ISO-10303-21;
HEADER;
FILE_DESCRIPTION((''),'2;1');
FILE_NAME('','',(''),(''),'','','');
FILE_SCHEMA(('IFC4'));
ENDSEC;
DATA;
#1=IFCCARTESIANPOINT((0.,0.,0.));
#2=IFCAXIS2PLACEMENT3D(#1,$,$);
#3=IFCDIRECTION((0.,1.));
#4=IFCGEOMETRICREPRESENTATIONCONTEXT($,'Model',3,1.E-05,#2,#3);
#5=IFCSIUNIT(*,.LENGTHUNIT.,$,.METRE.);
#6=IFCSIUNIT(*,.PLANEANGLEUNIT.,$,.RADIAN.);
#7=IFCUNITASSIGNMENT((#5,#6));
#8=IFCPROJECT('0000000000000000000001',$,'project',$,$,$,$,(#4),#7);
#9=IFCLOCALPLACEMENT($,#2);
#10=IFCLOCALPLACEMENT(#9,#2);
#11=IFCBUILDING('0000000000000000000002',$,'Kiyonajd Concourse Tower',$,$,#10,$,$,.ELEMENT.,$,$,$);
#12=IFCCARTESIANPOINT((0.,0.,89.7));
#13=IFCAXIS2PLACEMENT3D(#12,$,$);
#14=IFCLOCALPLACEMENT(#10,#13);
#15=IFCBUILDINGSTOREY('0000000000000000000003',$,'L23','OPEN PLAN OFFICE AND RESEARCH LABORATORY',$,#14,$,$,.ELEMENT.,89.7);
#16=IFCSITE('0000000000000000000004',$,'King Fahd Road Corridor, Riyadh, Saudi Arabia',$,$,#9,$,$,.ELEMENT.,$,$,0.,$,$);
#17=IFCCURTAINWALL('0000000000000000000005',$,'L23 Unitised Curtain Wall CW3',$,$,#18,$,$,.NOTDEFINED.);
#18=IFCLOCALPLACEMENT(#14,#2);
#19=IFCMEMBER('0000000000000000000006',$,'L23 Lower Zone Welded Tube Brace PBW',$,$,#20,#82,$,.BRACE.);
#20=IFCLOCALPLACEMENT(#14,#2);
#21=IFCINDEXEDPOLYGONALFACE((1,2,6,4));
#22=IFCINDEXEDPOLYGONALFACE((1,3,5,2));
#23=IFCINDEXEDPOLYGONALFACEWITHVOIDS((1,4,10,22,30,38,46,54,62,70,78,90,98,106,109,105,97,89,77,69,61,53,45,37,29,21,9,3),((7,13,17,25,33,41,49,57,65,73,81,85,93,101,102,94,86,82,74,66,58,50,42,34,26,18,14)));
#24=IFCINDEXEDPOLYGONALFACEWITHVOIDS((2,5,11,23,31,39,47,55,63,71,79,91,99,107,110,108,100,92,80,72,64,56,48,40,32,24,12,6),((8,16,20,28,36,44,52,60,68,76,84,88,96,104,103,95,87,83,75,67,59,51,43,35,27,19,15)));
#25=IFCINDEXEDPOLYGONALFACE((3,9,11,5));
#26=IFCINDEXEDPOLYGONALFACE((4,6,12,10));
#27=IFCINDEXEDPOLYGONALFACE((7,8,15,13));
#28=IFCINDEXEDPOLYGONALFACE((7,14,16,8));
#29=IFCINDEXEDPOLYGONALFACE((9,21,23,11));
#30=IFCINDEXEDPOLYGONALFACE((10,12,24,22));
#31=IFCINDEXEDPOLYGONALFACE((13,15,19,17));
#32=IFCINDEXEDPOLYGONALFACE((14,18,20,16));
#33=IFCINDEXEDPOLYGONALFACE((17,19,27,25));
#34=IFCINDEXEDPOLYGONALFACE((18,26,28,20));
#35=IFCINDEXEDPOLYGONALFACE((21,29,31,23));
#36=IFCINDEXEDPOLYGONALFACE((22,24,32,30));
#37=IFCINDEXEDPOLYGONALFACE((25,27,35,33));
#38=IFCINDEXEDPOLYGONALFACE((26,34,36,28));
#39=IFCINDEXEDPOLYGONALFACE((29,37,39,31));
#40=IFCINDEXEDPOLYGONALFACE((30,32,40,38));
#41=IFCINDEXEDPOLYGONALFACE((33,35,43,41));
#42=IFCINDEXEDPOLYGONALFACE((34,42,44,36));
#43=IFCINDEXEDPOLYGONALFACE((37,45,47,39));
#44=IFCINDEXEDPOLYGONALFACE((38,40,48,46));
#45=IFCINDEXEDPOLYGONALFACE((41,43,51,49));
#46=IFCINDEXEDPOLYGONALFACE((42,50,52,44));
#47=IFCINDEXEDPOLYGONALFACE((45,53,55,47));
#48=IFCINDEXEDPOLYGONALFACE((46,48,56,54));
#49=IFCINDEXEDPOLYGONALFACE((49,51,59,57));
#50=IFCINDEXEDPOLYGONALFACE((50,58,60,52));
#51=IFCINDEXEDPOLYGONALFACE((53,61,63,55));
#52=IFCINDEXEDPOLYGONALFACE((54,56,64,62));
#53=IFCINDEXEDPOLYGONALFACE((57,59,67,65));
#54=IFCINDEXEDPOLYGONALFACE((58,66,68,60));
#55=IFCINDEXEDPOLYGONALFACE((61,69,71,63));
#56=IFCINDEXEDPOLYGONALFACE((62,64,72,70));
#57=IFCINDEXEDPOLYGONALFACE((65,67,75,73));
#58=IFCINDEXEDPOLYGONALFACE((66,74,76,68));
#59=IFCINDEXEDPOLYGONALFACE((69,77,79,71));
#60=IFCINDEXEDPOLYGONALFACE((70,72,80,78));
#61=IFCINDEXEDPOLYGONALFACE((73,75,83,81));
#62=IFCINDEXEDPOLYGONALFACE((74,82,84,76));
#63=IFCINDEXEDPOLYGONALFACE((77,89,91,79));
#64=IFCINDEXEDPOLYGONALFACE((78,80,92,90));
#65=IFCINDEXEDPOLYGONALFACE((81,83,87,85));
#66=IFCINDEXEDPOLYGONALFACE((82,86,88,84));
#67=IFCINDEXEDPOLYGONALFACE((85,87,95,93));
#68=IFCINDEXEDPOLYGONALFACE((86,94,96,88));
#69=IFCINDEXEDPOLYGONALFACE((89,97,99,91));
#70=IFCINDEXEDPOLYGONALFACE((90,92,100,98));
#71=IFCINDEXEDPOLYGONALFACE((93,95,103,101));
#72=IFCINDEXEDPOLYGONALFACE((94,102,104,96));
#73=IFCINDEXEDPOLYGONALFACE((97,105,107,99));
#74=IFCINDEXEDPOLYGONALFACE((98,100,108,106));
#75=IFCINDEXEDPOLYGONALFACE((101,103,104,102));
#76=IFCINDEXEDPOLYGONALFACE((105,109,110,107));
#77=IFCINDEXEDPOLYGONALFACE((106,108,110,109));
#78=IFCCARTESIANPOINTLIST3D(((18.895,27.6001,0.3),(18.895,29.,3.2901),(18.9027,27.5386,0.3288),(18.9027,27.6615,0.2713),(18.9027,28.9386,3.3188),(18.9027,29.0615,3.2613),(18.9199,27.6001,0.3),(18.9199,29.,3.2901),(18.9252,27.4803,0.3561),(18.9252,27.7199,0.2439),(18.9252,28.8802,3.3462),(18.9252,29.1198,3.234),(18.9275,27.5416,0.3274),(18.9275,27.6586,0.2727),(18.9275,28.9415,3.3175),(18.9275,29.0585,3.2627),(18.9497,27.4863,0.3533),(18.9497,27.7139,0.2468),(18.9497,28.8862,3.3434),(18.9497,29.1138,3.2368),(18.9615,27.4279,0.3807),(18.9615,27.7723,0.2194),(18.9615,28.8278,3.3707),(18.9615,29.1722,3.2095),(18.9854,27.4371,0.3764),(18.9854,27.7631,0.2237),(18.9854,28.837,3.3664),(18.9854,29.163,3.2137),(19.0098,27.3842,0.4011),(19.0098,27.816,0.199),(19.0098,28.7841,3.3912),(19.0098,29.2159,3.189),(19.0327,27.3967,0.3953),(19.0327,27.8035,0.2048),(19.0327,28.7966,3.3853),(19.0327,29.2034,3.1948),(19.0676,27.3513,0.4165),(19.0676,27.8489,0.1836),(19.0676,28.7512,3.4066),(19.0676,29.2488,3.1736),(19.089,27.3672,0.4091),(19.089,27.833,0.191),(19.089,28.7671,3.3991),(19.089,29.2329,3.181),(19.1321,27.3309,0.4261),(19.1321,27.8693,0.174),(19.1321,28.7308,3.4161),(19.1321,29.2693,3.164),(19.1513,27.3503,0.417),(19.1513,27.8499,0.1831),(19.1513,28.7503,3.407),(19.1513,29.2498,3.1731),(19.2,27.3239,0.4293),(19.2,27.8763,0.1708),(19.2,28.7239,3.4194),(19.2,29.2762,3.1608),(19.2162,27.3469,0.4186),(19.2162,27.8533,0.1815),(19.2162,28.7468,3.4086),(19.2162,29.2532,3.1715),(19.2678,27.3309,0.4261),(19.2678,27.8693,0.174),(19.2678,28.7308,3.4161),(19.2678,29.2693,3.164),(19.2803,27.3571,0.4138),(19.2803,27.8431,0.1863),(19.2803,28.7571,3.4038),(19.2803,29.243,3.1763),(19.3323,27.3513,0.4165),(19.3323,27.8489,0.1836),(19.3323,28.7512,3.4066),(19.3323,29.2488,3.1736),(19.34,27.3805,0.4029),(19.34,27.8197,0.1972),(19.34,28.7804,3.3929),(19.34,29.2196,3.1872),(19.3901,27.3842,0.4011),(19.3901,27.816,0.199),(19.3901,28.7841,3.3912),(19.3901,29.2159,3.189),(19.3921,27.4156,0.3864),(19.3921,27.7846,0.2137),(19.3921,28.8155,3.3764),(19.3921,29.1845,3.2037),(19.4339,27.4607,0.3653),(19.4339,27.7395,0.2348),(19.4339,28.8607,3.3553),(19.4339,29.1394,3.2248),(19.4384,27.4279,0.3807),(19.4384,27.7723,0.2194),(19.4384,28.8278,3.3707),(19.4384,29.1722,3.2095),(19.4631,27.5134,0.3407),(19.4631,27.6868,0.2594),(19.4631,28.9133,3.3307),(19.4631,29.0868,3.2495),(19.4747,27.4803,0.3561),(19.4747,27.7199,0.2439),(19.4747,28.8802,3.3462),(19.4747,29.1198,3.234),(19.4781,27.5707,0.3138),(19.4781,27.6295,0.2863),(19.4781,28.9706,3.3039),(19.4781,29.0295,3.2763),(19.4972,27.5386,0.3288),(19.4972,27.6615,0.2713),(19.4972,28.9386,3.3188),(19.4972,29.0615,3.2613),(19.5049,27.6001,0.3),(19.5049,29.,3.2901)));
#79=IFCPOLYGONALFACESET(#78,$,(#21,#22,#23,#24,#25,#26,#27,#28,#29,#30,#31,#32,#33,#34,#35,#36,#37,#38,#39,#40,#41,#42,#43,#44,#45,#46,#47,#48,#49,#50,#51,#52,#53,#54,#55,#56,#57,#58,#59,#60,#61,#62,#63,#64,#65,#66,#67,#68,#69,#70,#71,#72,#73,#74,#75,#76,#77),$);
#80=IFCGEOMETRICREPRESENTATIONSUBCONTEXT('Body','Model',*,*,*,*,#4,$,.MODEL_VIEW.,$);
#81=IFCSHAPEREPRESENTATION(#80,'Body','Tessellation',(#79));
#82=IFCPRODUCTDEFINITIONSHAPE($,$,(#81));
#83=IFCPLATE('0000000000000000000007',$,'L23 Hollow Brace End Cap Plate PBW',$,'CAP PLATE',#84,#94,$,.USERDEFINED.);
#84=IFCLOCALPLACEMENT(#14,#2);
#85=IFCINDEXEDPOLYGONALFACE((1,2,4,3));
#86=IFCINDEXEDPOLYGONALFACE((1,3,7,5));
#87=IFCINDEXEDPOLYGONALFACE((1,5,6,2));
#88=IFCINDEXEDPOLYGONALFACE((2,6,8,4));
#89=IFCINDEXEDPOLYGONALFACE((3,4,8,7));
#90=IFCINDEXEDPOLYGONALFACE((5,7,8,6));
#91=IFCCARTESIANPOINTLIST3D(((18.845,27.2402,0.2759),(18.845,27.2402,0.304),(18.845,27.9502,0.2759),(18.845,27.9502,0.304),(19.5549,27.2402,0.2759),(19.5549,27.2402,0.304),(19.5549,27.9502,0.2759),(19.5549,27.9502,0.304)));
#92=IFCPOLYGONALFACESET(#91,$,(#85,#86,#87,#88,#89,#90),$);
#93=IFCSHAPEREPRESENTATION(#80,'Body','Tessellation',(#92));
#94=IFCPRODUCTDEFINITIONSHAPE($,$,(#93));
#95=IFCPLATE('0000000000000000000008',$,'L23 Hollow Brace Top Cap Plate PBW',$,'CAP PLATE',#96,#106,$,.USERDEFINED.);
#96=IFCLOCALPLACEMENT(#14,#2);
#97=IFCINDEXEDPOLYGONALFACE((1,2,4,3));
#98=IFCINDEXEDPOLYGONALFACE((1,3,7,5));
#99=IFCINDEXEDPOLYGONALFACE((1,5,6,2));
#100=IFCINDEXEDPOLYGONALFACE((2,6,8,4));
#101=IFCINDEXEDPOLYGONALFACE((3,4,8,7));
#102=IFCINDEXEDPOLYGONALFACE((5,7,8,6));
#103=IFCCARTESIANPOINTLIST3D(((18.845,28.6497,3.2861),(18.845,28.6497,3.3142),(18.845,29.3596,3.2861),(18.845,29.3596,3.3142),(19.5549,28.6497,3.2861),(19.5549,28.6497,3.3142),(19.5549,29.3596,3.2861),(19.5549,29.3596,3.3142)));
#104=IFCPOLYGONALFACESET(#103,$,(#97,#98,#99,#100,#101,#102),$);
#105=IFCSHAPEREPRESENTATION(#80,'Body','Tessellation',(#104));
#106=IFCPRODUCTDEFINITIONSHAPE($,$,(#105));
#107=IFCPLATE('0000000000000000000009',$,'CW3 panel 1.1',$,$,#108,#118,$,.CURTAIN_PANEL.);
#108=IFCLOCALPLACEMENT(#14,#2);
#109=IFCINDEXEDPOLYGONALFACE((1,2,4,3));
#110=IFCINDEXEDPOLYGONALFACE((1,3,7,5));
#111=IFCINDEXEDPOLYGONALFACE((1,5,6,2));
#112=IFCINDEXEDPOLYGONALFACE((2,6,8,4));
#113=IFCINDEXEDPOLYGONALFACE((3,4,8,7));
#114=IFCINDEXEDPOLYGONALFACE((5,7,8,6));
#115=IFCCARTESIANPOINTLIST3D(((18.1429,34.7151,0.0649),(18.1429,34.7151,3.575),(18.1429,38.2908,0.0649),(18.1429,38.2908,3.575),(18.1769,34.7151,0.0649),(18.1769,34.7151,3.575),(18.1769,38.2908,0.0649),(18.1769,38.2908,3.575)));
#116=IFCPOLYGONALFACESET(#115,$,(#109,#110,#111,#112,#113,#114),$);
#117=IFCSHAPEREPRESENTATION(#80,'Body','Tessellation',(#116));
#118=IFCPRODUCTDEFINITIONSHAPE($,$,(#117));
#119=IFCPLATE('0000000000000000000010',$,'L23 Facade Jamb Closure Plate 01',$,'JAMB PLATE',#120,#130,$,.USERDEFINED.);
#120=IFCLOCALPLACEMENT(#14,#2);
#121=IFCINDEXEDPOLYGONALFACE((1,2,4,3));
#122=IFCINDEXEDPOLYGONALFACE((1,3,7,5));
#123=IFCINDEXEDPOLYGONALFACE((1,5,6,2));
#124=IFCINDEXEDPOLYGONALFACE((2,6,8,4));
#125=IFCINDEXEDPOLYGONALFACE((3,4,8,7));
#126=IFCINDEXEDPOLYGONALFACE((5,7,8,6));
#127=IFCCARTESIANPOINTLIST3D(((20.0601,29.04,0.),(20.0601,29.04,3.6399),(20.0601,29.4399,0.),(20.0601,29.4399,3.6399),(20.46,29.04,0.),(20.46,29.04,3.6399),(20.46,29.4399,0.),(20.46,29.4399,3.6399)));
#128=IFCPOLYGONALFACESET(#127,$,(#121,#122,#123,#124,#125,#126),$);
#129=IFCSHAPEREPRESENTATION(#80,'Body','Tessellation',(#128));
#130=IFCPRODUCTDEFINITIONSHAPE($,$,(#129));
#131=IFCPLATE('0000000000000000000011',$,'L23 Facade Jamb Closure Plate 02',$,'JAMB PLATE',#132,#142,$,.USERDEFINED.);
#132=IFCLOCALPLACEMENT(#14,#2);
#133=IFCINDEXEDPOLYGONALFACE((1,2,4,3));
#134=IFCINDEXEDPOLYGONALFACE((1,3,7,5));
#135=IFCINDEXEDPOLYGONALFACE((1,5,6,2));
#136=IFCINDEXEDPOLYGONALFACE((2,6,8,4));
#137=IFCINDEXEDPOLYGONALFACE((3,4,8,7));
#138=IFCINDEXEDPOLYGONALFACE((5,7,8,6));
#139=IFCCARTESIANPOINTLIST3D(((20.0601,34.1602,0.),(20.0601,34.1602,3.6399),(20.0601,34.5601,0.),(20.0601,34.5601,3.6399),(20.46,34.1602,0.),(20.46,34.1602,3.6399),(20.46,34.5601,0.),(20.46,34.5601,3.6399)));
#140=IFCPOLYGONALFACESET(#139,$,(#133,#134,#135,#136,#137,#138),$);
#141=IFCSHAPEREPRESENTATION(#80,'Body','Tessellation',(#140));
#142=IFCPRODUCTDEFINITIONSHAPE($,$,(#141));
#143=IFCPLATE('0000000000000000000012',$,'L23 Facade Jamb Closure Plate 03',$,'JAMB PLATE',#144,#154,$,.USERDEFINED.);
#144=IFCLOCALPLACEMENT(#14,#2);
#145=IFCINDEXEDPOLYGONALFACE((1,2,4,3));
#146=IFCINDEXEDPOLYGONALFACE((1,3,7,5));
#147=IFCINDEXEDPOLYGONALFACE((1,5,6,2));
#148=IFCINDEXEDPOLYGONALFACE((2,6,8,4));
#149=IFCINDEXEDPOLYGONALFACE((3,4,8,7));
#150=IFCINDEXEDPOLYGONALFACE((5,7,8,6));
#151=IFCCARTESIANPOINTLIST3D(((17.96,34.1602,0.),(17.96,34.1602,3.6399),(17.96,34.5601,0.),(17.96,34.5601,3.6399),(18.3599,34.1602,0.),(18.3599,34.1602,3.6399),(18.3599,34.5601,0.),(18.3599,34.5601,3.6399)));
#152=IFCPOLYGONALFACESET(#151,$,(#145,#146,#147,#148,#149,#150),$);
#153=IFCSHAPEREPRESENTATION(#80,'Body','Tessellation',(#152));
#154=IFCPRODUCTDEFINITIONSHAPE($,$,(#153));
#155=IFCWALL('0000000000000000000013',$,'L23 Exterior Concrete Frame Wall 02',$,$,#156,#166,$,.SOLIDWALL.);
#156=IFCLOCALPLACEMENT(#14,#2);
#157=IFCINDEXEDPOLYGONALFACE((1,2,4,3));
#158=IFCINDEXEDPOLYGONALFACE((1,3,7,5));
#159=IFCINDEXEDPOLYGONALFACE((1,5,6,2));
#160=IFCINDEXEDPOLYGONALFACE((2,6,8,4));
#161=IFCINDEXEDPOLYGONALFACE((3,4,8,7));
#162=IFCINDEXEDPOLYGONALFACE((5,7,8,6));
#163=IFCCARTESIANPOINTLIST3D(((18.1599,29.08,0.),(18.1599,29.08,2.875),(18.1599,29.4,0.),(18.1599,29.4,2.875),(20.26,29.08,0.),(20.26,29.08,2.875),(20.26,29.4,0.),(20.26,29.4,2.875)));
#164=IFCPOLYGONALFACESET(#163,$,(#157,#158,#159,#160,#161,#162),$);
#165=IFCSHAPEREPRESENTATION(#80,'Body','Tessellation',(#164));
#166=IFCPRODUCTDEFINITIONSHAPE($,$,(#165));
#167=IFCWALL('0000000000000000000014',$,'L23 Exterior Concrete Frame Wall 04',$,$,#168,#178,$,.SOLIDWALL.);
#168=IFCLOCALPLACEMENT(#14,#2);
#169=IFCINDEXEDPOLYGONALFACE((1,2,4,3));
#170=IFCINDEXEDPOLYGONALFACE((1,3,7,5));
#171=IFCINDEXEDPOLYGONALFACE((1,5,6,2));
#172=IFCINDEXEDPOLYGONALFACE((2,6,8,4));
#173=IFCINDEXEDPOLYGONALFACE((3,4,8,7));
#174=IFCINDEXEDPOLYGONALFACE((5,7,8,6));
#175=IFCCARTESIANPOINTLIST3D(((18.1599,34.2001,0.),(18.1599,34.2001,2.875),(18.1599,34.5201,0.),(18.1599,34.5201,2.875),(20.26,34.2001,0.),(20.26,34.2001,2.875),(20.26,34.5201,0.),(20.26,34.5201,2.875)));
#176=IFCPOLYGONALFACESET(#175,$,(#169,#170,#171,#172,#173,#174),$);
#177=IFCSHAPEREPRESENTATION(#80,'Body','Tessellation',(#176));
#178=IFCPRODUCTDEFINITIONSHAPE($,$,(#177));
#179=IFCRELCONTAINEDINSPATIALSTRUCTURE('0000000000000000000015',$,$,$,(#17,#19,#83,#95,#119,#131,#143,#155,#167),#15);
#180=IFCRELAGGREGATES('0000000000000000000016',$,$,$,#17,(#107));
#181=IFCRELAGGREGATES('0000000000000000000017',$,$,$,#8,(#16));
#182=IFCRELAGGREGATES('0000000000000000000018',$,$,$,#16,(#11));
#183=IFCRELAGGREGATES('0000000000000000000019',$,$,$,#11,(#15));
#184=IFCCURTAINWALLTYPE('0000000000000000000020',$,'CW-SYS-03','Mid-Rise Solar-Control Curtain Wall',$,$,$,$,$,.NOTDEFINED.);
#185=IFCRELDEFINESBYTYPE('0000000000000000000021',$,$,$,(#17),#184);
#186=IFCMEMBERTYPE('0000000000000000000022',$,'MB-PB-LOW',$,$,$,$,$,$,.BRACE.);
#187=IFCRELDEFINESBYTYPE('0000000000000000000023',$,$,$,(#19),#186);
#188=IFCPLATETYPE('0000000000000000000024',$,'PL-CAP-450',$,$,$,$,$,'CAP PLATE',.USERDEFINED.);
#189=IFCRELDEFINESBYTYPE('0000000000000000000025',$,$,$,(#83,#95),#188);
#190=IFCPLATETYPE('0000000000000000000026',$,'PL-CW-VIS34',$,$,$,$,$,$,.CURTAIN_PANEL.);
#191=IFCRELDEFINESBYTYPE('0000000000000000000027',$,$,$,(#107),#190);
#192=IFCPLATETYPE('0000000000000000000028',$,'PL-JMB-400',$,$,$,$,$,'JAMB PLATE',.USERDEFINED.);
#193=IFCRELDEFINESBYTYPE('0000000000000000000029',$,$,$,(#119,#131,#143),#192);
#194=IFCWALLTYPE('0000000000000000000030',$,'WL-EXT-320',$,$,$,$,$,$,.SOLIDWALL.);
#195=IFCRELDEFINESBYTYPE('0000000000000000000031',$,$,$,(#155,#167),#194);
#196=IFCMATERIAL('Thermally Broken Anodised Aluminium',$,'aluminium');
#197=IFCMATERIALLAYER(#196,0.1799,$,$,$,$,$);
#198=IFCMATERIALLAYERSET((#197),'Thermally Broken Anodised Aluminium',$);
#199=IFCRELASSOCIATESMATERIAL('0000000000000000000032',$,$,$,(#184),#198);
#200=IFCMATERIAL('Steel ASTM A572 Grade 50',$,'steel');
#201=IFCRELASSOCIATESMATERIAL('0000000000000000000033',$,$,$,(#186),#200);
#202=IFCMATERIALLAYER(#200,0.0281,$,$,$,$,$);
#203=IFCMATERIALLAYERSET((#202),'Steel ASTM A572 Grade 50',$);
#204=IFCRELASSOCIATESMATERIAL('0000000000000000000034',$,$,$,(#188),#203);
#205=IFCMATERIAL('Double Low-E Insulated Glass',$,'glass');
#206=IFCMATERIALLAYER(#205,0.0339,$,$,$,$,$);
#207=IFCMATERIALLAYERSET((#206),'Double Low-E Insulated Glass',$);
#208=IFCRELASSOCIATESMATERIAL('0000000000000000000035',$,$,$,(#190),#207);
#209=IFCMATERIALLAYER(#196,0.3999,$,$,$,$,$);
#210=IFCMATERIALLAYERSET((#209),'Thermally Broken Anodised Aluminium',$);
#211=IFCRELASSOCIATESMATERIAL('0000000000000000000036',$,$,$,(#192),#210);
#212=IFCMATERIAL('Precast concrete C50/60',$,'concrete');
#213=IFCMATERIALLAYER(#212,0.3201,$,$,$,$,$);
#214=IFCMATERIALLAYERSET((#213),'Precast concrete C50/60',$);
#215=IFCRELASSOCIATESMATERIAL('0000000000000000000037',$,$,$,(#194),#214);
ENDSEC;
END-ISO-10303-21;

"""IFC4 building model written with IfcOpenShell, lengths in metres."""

from ifc_helpers import new_model, si_unit, direction, frame, frame_2d, origin, origin_2d, place, context, subcontext, project, spatial, rectangle, hollow_circle, extrude, material, layer, layer_set, material_profile, profile_set, type_object, element, aggregate, save


model = new_model("IFC4")

# Units and contexts
model_context = context("Model", 3, precision=1e-05, world=origin(), true_north=direction((0.0, 1.0)))
body_context = subcontext(model_context, "Body", "Model", "MODEL_VIEW")
ifc_project = project(units=[si_unit("LENGTHUNIT", "METRE"), si_unit("PLANEANGLEUNIT", "RADIAN")], contexts=[model_context])

# Site, building, storey
site_placement = place(None, origin())
site = spatial("IfcSite", under=ifc_project, at=site_placement, Name="King Fahd Road Corridor, Riyadh, Saudi Arabia", CompositionType="ELEMENT", RefElevation=0.0)
building_placement = place(site_placement, origin())
building = spatial("IfcBuilding", under=site, at=building_placement, Name="Kiyonajd Concourse Tower", CompositionType="ELEMENT")
storey_placement = place(building_placement, frame((0.0, 0.0, 89.7)))
storey = spatial("IfcBuildingStorey", under=building, at=storey_placement, Name="L23", Description="OPEN PLAN OFFICE AND RESEARCH LABORATORY", CompositionType="ELEMENT", Elevation=89.7)

# Shared definitions
ifc_material_1 = material(Name="Precast concrete C50/60", Category="concrete")

# Curtain wall
ifc_material_2 = material(Name="Thermally Broken Anodised Aluminium", Category="aluminium")
ifc_layer_1 = layer(ifc_material_2, 0.1799)
ifc_layer_set_1 = layer_set([ifc_layer_1], Name="Thermally Broken Anodised Aluminium")
curtain_wall_type = type_object("IfcCurtainWallType", Name="CW-SYS-03", Description="Mid-Rise Solar-Control Curtain Wall", PredefinedType="NOTDEFINED", material=ifc_layer_set_1)
curtain_wall_placement = place(storey_placement, origin())
curtain_wall = element("IfcCurtainWall", 1, at=curtain_wall_placement, inside=storey, type_object=curtain_wall_type, Name="L23 Unitised Curtain Wall CW3", PredefinedType="NOTDEFINED")

# Member
ifc_material_3 = material(Name="Steel ASTM A572 Grade 50", Category="steel")
ifc_material_profile_1 = material_profile(ifc_material_3, hollow_circle(Radius=0.3049, WallThickness=0.0249, at=origin_2d()), Name="CHS-610x25")
ifc_profile_set_1 = profile_set([ifc_material_profile_1], Name="Steel ASTM A572 Grade 50")
member_type_1 = type_object("IfcMemberType", Name="MB-PB-LOW", PredefinedType="BRACE", material=ifc_profile_set_1)
member_1_placement = place(storey_placement, frame((19.2, 27.6001, 0.3), z_axis=(0.0, 0.424023, 0.905652), x_axis=(-1.0, 0.0, 0.0)))
element("IfcMember", 2, at=member_1_placement, inside=storey, type_object=member_type_1, Name="L23 Lower Zone Welded Tube Brace PBW", PredefinedType="BRACE", context=body_context, shape_type="SweptSolid", body=[
    extrude(hollow_circle(Radius=0.3049, WallThickness=0.0249, at=origin_2d()), origin(), (0.0, 0.0, 1.0), 3.3015),
])

# Plates
ifc_layer_2 = layer(ifc_material_3, 0.0281)
ifc_layer_set_2 = layer_set([ifc_layer_2], Name="Steel ASTM A572 Grade 50")
plate_type_1 = type_object("IfcPlateType", Name="PL-CAP-450", ElementType="CAP PLATE", PredefinedType="USERDEFINED", material=ifc_layer_set_2)
for number, where, z_axis, x_axis, name in (
    (3, (19.2, 27.5952, 0.2759), (0.0, 0.0, 1.0), (1.0, 0.0, 0.0), "L23 Hollow Brace End Cap Plate PBW"),
    (4, (19.2, 29.0046, 3.2861), (0.0, 0.0, 1.0), (1.0, 0.0, 0.0), "L23 Hollow Brace Top Cap Plate PBW"),
):
    element("IfcPlate", number, at=place(storey_placement, frame(where, z_axis=z_axis, x_axis=x_axis)), inside=storey, type_object=plate_type_1, Name=name, ObjectType="CAP PLATE", PredefinedType="USERDEFINED", context=body_context, shape_type="SweptSolid", body=[
        extrude(rectangle(XDim=0.71, YDim=0.71, at=origin_2d()), origin(), (0.0, 0.0, 1.0), 0.0281),
    ])

# Plate
ifc_material_4 = material(Name="Double Low-E Insulated Glass", Category="glass")
ifc_layer_3 = layer(ifc_material_4, 0.0339)
ifc_layer_set_3 = layer_set([ifc_layer_3], Name="Double Low-E Insulated Glass")
plate_type_2 = type_object("IfcPlateType", Name="PL-CW-VIS34", PredefinedType="CURTAIN_PANEL", material=ifc_layer_set_3)
plate_placement = place(storey_placement, frame((18.1599, 36.5029, 0.0649), z_axis=(0.0, 0.0, 1.0), x_axis=(0.0, 1.0, 0.0)))
plate = element("IfcPlate", 5, at=plate_placement, type_object=plate_type_2, Name="CW3 panel 1.1", PredefinedType="CURTAIN_PANEL", context=body_context, shape_type="SweptSolid", body=[
    extrude(rectangle(XDim=3.5757, YDim=0.0339, at=origin_2d()), origin(), (0.0, 0.0, 1.0), 3.51),
])
aggregate(curtain_wall, [plate])

# Plates
ifc_layer_4 = layer(ifc_material_2, 0.3999)
ifc_layer_set_4 = layer_set([ifc_layer_4], Name="Thermally Broken Anodised Aluminium")
plate_type_3 = type_object("IfcPlateType", Name="PL-JMB-400", ElementType="JAMB PLATE", PredefinedType="USERDEFINED", material=ifc_layer_set_4)
for number, where, z_axis, x_axis, name in (
    (6, (20.26, 29.24, 0.0), (0.0, 0.0, 1.0), (1.0, 0.0, 0.0), "L23 Facade Jamb Closure Plate 01"),
    (7, (20.26, 34.3601, 0.0), (0.0, 0.0, 1.0), (1.0, 0.0, 0.0), "L23 Facade Jamb Closure Plate 02"),
    (8, (18.1599, 34.3601, 0.0), (0.0, 0.0, 1.0), (1.0, 0.0, 0.0), "L23 Facade Jamb Closure Plate 03"),
):
    element("IfcPlate", number, at=place(storey_placement, frame(where, z_axis=z_axis, x_axis=x_axis)), inside=storey, type_object=plate_type_3, Name=name, ObjectType="JAMB PLATE", PredefinedType="USERDEFINED", context=body_context, shape_type="SweptSolid", body=[
        extrude(rectangle(XDim=0.3999, YDim=0.3999, at=origin_2d()), origin(), (0.0, 0.0, 1.0), 3.6399),
    ])

# Walls
ifc_layer_5 = layer(ifc_material_1, 0.3201)
ifc_layer_set_5 = layer_set([ifc_layer_5], Name="Precast concrete C50/60")
wall_type_1 = type_object("IfcWallType", Name="WL-EXT-320", PredefinedType="SOLIDWALL", material=ifc_layer_set_5)
for number, where, z_axis, x_axis, name in (
    (9, (18.1599, 29.24, 0.0), (0.0, 0.0, 1.0), (1.0, 0.0, 0.0), "L23 Exterior Concrete Frame Wall 02"),
    (10, (20.26, 34.3601, 0.0), (0.0, 0.0, 1.0), (-1.0, 0.0, 0.0), "L23 Exterior Concrete Frame Wall 04"),
):
    element("IfcWall", number, at=place(storey_placement, frame(where, z_axis=z_axis, x_axis=x_axis)), inside=storey, type_object=wall_type_1, Name=name, PredefinedType="SOLIDWALL", context=body_context, shape_type="SweptSolid", body=[
        extrude(rectangle(XDim=2.1001, YDim=0.3201, at=frame_2d((1.05, 0.0))), origin(), (0.0, 0.0, 1.0), 2.875),
    ])

save(model, "model.ifc")
